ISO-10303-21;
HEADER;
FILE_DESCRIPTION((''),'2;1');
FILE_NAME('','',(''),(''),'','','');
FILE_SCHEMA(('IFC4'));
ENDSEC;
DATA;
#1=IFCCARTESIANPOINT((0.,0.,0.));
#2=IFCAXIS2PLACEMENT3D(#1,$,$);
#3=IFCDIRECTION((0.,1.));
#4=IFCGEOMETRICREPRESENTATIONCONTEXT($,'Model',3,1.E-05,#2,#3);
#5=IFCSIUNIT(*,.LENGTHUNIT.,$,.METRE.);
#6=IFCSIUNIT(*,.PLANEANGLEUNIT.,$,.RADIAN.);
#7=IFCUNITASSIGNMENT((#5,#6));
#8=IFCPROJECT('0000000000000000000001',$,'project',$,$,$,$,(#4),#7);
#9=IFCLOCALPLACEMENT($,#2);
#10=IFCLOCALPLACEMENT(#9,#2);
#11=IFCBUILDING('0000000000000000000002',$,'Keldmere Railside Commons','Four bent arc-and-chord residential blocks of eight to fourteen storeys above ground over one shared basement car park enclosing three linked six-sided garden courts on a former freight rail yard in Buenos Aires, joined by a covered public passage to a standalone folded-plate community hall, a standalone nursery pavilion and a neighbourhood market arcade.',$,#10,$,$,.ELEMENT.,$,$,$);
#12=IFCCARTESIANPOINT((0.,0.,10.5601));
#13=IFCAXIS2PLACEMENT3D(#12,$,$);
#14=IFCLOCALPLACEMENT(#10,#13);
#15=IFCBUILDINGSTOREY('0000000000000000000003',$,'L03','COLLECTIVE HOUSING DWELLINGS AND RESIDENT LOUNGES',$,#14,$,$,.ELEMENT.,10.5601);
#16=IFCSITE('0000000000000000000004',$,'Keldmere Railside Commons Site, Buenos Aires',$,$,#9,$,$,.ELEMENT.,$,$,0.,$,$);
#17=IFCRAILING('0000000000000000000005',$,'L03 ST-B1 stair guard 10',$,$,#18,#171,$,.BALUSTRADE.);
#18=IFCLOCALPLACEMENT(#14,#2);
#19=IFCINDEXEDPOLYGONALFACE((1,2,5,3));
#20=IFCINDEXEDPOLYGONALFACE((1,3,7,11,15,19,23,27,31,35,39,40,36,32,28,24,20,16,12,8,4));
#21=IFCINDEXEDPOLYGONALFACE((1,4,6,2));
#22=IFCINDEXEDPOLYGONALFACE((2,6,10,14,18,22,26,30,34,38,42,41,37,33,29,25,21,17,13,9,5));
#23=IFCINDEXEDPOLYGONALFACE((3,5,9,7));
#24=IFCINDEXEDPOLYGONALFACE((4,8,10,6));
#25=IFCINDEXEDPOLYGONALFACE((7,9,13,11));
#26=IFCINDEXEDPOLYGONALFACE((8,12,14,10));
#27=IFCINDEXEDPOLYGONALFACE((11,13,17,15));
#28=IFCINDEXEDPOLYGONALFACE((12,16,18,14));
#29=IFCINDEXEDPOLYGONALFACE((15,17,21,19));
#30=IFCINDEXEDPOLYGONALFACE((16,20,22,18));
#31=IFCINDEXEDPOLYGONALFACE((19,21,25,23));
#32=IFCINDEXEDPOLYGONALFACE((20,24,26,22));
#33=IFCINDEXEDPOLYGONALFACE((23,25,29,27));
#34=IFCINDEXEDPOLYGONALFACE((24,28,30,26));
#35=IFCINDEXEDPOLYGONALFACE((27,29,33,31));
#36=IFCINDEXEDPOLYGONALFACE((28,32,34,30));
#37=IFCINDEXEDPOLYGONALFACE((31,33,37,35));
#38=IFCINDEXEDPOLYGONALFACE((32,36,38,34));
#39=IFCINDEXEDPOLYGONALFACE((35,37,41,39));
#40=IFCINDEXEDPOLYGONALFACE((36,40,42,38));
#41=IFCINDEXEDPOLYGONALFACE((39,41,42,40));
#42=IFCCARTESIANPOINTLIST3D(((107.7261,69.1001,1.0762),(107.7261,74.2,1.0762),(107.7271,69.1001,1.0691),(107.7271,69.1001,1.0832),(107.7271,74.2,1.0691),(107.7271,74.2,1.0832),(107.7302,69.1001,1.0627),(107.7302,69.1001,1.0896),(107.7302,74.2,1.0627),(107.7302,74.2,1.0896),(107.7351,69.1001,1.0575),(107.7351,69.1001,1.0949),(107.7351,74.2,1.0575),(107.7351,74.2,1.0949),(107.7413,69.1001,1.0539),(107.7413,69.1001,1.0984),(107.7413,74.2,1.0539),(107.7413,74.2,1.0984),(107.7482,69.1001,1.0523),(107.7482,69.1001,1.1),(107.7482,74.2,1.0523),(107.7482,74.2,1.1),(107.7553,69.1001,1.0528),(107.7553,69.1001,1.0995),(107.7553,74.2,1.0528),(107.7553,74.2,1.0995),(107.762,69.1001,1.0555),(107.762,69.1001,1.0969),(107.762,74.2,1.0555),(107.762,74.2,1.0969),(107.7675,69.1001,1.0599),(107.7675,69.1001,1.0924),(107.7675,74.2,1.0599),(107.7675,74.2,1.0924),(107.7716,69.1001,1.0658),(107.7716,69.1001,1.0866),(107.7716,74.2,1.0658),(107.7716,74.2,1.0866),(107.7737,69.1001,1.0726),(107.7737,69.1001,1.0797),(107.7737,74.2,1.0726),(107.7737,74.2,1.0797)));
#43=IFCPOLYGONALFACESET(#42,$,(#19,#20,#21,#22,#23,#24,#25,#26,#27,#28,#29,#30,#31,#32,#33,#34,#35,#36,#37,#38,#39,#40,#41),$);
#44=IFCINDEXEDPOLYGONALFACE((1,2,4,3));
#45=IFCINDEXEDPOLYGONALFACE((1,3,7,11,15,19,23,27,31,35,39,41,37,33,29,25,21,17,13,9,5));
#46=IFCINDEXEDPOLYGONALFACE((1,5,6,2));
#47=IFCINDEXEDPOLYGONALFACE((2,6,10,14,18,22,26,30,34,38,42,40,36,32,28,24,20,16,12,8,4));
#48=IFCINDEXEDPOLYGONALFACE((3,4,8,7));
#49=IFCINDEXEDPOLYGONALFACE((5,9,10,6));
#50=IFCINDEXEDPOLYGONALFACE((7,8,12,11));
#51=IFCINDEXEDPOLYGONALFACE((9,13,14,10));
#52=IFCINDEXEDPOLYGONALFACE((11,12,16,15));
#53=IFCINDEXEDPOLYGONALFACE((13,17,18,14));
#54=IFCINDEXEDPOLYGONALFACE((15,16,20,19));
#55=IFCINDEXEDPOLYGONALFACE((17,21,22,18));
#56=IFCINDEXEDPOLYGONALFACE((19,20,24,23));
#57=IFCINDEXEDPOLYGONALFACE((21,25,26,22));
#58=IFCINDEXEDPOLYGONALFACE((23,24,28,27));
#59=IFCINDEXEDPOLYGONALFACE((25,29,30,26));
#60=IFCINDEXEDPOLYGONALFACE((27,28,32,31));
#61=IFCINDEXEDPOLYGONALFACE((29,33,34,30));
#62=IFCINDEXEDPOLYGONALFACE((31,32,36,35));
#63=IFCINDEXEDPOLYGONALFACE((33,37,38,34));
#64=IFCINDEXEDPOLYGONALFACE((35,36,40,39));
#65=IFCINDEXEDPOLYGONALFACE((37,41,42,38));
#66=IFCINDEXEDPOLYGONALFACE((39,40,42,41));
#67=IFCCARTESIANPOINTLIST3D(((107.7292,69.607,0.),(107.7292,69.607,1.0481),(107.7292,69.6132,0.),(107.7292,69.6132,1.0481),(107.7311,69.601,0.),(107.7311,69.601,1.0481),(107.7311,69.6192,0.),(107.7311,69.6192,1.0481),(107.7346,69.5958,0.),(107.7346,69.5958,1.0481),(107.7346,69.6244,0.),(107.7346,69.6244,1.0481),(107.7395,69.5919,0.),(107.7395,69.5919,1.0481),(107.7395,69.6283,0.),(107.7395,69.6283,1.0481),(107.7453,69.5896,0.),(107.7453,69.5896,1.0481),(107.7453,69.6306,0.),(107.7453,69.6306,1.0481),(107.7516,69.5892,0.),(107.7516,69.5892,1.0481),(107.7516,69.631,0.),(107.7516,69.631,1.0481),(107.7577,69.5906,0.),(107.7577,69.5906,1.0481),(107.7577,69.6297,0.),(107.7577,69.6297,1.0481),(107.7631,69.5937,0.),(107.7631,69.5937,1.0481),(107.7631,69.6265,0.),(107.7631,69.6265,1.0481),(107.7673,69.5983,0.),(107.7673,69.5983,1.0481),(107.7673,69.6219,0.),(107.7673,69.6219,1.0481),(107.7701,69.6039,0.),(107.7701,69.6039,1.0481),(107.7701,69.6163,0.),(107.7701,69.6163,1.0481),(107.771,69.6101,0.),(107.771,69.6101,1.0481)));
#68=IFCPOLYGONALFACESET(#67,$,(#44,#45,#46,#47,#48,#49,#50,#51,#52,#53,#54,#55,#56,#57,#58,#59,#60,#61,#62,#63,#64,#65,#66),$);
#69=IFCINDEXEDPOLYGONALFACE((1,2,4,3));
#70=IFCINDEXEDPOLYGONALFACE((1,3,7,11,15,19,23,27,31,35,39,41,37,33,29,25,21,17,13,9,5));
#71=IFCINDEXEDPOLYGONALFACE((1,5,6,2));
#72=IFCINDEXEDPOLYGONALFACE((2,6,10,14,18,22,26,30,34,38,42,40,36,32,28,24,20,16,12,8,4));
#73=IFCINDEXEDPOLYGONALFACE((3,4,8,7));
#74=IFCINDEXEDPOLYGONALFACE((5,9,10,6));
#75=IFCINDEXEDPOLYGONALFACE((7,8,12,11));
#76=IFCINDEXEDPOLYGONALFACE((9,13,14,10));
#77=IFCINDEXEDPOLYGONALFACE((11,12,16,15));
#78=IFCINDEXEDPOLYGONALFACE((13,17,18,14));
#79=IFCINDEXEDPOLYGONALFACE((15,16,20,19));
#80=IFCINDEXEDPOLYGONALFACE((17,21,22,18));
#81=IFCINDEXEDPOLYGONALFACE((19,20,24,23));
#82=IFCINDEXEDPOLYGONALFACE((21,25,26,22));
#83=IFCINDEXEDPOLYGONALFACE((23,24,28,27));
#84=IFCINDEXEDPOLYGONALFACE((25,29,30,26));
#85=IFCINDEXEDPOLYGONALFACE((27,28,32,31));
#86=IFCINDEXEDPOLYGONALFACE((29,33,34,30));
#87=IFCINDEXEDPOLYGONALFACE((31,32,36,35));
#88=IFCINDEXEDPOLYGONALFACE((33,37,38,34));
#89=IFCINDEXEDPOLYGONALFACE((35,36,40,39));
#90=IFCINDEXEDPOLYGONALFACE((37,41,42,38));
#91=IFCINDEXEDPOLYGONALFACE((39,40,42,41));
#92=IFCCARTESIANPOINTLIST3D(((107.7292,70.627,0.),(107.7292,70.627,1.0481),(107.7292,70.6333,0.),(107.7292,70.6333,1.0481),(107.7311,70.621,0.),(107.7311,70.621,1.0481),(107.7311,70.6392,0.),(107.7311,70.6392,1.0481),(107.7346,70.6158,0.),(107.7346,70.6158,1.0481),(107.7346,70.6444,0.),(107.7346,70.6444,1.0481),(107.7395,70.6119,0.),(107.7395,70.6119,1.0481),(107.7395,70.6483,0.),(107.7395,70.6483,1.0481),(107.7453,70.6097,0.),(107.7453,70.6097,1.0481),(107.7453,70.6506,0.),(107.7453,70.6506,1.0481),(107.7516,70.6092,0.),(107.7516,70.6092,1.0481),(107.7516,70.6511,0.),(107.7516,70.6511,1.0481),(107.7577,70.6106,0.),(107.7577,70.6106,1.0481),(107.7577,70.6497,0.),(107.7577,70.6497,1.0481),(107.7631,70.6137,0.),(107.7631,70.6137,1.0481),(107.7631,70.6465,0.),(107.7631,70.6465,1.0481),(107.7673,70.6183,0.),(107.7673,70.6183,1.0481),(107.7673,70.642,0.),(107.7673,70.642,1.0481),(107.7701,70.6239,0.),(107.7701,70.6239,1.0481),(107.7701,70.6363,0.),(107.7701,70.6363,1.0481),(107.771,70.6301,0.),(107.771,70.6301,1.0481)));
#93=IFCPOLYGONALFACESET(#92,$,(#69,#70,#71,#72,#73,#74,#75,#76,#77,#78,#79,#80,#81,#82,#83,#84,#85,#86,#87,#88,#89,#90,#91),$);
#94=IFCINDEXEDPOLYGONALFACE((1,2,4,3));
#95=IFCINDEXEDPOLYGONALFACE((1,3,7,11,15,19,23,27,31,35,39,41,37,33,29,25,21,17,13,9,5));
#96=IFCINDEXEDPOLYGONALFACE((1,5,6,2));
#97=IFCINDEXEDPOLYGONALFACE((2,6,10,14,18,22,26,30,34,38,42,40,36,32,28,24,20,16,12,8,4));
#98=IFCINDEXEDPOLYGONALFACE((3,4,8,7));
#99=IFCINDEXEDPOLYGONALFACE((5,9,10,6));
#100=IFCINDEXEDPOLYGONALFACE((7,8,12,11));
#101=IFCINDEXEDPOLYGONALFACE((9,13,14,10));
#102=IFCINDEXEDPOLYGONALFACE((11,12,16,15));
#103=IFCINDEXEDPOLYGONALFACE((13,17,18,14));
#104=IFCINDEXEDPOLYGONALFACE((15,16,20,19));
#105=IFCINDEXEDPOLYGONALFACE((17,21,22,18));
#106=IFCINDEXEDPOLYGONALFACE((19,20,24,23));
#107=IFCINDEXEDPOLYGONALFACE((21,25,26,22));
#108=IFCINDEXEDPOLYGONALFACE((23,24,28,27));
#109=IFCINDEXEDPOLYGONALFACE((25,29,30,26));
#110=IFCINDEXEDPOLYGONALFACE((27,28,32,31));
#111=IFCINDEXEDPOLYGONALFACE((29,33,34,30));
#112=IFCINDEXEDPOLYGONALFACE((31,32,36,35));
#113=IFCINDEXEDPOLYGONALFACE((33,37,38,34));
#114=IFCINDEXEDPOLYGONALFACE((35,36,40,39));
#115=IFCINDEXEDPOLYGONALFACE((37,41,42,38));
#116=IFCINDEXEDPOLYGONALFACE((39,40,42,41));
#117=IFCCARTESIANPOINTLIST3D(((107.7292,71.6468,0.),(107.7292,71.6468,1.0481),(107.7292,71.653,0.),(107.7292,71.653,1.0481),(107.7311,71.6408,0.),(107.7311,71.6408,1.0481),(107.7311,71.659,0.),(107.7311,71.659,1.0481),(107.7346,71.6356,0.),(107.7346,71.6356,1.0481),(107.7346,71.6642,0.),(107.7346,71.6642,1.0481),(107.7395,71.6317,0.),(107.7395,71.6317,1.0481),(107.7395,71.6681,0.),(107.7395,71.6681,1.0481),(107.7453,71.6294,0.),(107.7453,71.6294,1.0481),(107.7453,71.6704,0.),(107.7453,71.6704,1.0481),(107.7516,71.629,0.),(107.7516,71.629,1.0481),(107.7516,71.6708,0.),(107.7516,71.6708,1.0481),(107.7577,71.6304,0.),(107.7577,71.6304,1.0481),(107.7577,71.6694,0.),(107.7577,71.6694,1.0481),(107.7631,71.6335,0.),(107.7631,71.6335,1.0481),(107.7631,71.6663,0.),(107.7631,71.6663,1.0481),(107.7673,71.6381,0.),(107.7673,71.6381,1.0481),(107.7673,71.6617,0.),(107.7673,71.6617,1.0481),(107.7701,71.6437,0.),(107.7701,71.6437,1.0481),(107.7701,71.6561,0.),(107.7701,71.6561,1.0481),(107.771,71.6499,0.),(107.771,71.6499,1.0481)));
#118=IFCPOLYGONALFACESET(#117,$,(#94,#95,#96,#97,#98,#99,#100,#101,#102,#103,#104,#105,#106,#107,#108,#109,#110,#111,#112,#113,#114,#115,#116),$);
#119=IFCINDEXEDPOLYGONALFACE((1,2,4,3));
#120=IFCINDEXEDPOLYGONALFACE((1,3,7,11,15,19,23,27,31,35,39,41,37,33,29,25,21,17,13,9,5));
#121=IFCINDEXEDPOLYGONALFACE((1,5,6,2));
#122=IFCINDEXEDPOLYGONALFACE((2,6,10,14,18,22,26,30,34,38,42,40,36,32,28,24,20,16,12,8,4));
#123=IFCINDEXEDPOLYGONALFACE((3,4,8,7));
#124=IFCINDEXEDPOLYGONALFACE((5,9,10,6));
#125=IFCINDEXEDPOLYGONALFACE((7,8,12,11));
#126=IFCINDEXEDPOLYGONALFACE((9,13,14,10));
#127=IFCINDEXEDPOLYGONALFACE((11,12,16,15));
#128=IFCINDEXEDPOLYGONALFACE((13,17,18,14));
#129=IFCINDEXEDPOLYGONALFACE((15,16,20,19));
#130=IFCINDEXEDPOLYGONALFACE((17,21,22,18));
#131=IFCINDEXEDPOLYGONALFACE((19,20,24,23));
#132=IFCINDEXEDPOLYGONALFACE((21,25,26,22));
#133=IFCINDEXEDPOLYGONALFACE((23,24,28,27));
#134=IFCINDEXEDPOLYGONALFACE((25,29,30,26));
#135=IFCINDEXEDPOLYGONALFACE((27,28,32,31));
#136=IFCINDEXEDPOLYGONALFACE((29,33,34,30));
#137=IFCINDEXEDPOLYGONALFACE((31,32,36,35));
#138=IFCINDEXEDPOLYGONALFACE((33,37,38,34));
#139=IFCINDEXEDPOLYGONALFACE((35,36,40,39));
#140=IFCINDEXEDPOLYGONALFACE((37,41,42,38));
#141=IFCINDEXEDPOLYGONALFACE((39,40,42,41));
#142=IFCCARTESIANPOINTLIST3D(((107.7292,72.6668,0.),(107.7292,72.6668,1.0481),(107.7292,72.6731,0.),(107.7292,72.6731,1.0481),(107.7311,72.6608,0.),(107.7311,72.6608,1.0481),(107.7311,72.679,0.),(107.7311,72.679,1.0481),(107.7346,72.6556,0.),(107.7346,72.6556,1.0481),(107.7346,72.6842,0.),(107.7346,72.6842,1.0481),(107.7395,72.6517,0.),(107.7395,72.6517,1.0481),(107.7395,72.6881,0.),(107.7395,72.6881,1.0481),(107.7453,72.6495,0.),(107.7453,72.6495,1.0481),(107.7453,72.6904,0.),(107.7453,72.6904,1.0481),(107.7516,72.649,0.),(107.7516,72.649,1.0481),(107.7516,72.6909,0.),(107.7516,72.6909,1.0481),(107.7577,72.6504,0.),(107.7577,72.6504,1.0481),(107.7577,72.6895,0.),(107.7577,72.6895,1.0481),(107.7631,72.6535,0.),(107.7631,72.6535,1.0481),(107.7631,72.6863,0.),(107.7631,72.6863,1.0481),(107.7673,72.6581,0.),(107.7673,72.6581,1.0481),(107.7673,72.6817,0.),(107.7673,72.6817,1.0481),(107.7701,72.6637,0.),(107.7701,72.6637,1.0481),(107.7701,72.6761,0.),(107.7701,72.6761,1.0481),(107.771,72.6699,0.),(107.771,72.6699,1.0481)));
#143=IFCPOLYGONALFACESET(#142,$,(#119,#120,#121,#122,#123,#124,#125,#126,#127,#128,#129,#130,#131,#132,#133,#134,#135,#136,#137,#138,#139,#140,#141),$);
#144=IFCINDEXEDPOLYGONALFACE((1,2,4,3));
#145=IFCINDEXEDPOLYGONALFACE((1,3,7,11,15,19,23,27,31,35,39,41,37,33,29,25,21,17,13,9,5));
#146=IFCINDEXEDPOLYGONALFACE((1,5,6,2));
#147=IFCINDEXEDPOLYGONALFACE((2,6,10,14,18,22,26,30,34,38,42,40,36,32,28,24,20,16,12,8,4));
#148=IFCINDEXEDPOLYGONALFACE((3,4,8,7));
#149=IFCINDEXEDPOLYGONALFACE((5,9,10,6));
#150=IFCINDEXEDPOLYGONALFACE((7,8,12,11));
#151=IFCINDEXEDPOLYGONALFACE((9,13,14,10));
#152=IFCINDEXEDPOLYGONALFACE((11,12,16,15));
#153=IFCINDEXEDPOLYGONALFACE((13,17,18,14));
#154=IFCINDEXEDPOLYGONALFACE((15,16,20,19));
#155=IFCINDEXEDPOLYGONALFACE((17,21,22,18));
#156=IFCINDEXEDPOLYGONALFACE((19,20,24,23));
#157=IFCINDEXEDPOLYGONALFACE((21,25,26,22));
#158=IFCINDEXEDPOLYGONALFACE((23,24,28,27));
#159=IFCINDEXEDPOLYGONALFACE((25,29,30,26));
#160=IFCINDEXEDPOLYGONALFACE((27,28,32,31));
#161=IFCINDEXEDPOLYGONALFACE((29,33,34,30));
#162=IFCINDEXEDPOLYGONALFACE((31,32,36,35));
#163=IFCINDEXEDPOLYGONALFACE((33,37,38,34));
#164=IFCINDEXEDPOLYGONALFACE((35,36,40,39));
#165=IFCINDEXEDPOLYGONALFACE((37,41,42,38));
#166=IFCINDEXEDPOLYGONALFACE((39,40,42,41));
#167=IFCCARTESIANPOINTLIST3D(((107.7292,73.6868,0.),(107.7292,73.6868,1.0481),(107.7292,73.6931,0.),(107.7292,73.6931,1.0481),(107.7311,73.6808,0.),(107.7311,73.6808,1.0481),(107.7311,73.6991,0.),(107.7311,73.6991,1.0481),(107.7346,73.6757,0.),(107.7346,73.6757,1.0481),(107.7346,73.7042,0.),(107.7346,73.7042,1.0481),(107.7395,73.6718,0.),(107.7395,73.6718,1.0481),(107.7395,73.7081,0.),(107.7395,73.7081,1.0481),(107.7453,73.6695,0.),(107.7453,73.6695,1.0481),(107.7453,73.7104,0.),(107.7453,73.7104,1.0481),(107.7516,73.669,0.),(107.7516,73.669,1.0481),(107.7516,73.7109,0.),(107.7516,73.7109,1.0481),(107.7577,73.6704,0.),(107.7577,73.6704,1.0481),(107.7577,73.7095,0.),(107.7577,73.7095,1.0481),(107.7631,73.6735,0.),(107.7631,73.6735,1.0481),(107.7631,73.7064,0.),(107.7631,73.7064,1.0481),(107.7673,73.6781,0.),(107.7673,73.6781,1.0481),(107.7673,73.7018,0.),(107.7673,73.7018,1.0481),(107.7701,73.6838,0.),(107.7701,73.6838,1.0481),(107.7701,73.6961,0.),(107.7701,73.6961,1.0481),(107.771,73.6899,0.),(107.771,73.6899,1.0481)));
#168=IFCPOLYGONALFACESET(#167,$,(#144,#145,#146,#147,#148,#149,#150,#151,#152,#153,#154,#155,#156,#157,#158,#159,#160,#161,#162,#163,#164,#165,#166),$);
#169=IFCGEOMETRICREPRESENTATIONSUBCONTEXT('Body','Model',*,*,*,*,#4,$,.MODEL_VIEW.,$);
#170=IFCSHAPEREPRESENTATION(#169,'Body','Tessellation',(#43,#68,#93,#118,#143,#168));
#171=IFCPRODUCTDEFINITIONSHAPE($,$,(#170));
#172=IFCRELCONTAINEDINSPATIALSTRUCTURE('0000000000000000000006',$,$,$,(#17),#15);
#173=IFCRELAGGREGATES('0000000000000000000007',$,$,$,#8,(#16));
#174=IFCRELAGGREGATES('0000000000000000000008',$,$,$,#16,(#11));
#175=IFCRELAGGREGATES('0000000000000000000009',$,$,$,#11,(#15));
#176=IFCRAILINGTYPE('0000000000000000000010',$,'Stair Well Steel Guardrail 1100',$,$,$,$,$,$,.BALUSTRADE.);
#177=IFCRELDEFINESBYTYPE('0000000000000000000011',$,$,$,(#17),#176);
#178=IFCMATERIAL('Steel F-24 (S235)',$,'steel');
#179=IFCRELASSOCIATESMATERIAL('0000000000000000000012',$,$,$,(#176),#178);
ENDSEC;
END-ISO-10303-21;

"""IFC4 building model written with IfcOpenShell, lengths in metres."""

from ifc_helpers import new_model, si_unit, direction, frame, origin, origin_2d, place, context, subcontext, project, spatial, circle, extrude, material, type_object, element, save


model = new_model("IFC4")

# Units and contexts
model_context = context("Model", 3, precision=1e-05, world=origin(), true_north=direction((0.0, 1.0)))
body_context = subcontext(model_context, "Body", "Model", "MODEL_VIEW")
ifc_project = project(units=[si_unit("LENGTHUNIT", "METRE"), si_unit("PLANEANGLEUNIT", "RADIAN")], contexts=[model_context])

# Site, building, storey
site_placement = place(None, origin())
site = spatial("IfcSite", under=ifc_project, at=site_placement, Name="Keldmere Railside Commons Site, Buenos Aires", CompositionType="ELEMENT", RefElevation=0.0)
building_placement = place(site_placement, origin())
building = spatial("IfcBuilding", under=site, at=building_placement, Name="Keldmere Railside Commons", Description="Four bent arc-and-chord residential blocks of eight to fourteen storeys above ground over one shared basement car park enclosing three linked six-sided garden courts on a former freight rail yard in Buenos Aires, joined by a covered public passage to a standalone folded-plate community hall, a standalone nursery pavilion and a neighbourhood market arcade.", CompositionType="ELEMENT")
storey_placement = place(building_placement, frame((0.0, 0.0, 10.5601)))
storey = spatial("IfcBuildingStorey", under=building, at=storey_placement, Name="L03", Description="COLLECTIVE HOUSING DWELLINGS AND RESIDENT LOUNGES", CompositionType="ELEMENT", Elevation=10.5601)

# Railing
ifc_material_1 = material(Name="Steel F-24 (S235)", Category="steel")
railing_type_1 = type_object("IfcRailingType", Name="Stair Well Steel Guardrail 1100", PredefinedType="BALUSTRADE", material=ifc_material_1)
for number, where, name in (
    (1, (107.75, 69.1001, 0.0), "L03 ST-B1 stair guard 10"),
):
    element("IfcRailing", number, at=place(storey_placement, frame(where)), inside=storey, type_object=railing_type_1, Name=name, PredefinedType="BALUSTRADE", context=body_context, shape_type="SweptSolid", body=[
        extrude(circle(Radius=0.0239, at=origin_2d()), frame((0.0, 0.0, 1.0762), z_axis=(0.0, 1.0, 0.0), x_axis=(-1.0, 0.0, 0.0)), (0.0, 0.0, 1.0), 5.0999),
        extrude(circle(Radius=0.021, at=origin_2d()), frame((0.0, 0.51, 0.0)), (0.0, 0.0, 1.0), 1.0481),
        extrude(circle(Radius=0.021, at=origin_2d()), frame((0.0, 1.53, 0.0)), (0.0, 0.0, 1.0), 1.0481),
        extrude(circle(Radius=0.021, at=origin_2d()), frame((0.0, 2.5498, 0.0)), (0.0, 0.0, 1.0), 1.0481),
        extrude(circle(Radius=0.021, at=origin_2d()), frame((0.0, 3.5698, 0.0)), (0.0, 0.0, 1.0), 1.0481),
        extrude(circle(Radius=0.021, at=origin_2d()), frame((0.0, 4.5898, 0.0)), (0.0, 0.0, 1.0), 1.0481),
    ])

save(model, "model.ifc")
